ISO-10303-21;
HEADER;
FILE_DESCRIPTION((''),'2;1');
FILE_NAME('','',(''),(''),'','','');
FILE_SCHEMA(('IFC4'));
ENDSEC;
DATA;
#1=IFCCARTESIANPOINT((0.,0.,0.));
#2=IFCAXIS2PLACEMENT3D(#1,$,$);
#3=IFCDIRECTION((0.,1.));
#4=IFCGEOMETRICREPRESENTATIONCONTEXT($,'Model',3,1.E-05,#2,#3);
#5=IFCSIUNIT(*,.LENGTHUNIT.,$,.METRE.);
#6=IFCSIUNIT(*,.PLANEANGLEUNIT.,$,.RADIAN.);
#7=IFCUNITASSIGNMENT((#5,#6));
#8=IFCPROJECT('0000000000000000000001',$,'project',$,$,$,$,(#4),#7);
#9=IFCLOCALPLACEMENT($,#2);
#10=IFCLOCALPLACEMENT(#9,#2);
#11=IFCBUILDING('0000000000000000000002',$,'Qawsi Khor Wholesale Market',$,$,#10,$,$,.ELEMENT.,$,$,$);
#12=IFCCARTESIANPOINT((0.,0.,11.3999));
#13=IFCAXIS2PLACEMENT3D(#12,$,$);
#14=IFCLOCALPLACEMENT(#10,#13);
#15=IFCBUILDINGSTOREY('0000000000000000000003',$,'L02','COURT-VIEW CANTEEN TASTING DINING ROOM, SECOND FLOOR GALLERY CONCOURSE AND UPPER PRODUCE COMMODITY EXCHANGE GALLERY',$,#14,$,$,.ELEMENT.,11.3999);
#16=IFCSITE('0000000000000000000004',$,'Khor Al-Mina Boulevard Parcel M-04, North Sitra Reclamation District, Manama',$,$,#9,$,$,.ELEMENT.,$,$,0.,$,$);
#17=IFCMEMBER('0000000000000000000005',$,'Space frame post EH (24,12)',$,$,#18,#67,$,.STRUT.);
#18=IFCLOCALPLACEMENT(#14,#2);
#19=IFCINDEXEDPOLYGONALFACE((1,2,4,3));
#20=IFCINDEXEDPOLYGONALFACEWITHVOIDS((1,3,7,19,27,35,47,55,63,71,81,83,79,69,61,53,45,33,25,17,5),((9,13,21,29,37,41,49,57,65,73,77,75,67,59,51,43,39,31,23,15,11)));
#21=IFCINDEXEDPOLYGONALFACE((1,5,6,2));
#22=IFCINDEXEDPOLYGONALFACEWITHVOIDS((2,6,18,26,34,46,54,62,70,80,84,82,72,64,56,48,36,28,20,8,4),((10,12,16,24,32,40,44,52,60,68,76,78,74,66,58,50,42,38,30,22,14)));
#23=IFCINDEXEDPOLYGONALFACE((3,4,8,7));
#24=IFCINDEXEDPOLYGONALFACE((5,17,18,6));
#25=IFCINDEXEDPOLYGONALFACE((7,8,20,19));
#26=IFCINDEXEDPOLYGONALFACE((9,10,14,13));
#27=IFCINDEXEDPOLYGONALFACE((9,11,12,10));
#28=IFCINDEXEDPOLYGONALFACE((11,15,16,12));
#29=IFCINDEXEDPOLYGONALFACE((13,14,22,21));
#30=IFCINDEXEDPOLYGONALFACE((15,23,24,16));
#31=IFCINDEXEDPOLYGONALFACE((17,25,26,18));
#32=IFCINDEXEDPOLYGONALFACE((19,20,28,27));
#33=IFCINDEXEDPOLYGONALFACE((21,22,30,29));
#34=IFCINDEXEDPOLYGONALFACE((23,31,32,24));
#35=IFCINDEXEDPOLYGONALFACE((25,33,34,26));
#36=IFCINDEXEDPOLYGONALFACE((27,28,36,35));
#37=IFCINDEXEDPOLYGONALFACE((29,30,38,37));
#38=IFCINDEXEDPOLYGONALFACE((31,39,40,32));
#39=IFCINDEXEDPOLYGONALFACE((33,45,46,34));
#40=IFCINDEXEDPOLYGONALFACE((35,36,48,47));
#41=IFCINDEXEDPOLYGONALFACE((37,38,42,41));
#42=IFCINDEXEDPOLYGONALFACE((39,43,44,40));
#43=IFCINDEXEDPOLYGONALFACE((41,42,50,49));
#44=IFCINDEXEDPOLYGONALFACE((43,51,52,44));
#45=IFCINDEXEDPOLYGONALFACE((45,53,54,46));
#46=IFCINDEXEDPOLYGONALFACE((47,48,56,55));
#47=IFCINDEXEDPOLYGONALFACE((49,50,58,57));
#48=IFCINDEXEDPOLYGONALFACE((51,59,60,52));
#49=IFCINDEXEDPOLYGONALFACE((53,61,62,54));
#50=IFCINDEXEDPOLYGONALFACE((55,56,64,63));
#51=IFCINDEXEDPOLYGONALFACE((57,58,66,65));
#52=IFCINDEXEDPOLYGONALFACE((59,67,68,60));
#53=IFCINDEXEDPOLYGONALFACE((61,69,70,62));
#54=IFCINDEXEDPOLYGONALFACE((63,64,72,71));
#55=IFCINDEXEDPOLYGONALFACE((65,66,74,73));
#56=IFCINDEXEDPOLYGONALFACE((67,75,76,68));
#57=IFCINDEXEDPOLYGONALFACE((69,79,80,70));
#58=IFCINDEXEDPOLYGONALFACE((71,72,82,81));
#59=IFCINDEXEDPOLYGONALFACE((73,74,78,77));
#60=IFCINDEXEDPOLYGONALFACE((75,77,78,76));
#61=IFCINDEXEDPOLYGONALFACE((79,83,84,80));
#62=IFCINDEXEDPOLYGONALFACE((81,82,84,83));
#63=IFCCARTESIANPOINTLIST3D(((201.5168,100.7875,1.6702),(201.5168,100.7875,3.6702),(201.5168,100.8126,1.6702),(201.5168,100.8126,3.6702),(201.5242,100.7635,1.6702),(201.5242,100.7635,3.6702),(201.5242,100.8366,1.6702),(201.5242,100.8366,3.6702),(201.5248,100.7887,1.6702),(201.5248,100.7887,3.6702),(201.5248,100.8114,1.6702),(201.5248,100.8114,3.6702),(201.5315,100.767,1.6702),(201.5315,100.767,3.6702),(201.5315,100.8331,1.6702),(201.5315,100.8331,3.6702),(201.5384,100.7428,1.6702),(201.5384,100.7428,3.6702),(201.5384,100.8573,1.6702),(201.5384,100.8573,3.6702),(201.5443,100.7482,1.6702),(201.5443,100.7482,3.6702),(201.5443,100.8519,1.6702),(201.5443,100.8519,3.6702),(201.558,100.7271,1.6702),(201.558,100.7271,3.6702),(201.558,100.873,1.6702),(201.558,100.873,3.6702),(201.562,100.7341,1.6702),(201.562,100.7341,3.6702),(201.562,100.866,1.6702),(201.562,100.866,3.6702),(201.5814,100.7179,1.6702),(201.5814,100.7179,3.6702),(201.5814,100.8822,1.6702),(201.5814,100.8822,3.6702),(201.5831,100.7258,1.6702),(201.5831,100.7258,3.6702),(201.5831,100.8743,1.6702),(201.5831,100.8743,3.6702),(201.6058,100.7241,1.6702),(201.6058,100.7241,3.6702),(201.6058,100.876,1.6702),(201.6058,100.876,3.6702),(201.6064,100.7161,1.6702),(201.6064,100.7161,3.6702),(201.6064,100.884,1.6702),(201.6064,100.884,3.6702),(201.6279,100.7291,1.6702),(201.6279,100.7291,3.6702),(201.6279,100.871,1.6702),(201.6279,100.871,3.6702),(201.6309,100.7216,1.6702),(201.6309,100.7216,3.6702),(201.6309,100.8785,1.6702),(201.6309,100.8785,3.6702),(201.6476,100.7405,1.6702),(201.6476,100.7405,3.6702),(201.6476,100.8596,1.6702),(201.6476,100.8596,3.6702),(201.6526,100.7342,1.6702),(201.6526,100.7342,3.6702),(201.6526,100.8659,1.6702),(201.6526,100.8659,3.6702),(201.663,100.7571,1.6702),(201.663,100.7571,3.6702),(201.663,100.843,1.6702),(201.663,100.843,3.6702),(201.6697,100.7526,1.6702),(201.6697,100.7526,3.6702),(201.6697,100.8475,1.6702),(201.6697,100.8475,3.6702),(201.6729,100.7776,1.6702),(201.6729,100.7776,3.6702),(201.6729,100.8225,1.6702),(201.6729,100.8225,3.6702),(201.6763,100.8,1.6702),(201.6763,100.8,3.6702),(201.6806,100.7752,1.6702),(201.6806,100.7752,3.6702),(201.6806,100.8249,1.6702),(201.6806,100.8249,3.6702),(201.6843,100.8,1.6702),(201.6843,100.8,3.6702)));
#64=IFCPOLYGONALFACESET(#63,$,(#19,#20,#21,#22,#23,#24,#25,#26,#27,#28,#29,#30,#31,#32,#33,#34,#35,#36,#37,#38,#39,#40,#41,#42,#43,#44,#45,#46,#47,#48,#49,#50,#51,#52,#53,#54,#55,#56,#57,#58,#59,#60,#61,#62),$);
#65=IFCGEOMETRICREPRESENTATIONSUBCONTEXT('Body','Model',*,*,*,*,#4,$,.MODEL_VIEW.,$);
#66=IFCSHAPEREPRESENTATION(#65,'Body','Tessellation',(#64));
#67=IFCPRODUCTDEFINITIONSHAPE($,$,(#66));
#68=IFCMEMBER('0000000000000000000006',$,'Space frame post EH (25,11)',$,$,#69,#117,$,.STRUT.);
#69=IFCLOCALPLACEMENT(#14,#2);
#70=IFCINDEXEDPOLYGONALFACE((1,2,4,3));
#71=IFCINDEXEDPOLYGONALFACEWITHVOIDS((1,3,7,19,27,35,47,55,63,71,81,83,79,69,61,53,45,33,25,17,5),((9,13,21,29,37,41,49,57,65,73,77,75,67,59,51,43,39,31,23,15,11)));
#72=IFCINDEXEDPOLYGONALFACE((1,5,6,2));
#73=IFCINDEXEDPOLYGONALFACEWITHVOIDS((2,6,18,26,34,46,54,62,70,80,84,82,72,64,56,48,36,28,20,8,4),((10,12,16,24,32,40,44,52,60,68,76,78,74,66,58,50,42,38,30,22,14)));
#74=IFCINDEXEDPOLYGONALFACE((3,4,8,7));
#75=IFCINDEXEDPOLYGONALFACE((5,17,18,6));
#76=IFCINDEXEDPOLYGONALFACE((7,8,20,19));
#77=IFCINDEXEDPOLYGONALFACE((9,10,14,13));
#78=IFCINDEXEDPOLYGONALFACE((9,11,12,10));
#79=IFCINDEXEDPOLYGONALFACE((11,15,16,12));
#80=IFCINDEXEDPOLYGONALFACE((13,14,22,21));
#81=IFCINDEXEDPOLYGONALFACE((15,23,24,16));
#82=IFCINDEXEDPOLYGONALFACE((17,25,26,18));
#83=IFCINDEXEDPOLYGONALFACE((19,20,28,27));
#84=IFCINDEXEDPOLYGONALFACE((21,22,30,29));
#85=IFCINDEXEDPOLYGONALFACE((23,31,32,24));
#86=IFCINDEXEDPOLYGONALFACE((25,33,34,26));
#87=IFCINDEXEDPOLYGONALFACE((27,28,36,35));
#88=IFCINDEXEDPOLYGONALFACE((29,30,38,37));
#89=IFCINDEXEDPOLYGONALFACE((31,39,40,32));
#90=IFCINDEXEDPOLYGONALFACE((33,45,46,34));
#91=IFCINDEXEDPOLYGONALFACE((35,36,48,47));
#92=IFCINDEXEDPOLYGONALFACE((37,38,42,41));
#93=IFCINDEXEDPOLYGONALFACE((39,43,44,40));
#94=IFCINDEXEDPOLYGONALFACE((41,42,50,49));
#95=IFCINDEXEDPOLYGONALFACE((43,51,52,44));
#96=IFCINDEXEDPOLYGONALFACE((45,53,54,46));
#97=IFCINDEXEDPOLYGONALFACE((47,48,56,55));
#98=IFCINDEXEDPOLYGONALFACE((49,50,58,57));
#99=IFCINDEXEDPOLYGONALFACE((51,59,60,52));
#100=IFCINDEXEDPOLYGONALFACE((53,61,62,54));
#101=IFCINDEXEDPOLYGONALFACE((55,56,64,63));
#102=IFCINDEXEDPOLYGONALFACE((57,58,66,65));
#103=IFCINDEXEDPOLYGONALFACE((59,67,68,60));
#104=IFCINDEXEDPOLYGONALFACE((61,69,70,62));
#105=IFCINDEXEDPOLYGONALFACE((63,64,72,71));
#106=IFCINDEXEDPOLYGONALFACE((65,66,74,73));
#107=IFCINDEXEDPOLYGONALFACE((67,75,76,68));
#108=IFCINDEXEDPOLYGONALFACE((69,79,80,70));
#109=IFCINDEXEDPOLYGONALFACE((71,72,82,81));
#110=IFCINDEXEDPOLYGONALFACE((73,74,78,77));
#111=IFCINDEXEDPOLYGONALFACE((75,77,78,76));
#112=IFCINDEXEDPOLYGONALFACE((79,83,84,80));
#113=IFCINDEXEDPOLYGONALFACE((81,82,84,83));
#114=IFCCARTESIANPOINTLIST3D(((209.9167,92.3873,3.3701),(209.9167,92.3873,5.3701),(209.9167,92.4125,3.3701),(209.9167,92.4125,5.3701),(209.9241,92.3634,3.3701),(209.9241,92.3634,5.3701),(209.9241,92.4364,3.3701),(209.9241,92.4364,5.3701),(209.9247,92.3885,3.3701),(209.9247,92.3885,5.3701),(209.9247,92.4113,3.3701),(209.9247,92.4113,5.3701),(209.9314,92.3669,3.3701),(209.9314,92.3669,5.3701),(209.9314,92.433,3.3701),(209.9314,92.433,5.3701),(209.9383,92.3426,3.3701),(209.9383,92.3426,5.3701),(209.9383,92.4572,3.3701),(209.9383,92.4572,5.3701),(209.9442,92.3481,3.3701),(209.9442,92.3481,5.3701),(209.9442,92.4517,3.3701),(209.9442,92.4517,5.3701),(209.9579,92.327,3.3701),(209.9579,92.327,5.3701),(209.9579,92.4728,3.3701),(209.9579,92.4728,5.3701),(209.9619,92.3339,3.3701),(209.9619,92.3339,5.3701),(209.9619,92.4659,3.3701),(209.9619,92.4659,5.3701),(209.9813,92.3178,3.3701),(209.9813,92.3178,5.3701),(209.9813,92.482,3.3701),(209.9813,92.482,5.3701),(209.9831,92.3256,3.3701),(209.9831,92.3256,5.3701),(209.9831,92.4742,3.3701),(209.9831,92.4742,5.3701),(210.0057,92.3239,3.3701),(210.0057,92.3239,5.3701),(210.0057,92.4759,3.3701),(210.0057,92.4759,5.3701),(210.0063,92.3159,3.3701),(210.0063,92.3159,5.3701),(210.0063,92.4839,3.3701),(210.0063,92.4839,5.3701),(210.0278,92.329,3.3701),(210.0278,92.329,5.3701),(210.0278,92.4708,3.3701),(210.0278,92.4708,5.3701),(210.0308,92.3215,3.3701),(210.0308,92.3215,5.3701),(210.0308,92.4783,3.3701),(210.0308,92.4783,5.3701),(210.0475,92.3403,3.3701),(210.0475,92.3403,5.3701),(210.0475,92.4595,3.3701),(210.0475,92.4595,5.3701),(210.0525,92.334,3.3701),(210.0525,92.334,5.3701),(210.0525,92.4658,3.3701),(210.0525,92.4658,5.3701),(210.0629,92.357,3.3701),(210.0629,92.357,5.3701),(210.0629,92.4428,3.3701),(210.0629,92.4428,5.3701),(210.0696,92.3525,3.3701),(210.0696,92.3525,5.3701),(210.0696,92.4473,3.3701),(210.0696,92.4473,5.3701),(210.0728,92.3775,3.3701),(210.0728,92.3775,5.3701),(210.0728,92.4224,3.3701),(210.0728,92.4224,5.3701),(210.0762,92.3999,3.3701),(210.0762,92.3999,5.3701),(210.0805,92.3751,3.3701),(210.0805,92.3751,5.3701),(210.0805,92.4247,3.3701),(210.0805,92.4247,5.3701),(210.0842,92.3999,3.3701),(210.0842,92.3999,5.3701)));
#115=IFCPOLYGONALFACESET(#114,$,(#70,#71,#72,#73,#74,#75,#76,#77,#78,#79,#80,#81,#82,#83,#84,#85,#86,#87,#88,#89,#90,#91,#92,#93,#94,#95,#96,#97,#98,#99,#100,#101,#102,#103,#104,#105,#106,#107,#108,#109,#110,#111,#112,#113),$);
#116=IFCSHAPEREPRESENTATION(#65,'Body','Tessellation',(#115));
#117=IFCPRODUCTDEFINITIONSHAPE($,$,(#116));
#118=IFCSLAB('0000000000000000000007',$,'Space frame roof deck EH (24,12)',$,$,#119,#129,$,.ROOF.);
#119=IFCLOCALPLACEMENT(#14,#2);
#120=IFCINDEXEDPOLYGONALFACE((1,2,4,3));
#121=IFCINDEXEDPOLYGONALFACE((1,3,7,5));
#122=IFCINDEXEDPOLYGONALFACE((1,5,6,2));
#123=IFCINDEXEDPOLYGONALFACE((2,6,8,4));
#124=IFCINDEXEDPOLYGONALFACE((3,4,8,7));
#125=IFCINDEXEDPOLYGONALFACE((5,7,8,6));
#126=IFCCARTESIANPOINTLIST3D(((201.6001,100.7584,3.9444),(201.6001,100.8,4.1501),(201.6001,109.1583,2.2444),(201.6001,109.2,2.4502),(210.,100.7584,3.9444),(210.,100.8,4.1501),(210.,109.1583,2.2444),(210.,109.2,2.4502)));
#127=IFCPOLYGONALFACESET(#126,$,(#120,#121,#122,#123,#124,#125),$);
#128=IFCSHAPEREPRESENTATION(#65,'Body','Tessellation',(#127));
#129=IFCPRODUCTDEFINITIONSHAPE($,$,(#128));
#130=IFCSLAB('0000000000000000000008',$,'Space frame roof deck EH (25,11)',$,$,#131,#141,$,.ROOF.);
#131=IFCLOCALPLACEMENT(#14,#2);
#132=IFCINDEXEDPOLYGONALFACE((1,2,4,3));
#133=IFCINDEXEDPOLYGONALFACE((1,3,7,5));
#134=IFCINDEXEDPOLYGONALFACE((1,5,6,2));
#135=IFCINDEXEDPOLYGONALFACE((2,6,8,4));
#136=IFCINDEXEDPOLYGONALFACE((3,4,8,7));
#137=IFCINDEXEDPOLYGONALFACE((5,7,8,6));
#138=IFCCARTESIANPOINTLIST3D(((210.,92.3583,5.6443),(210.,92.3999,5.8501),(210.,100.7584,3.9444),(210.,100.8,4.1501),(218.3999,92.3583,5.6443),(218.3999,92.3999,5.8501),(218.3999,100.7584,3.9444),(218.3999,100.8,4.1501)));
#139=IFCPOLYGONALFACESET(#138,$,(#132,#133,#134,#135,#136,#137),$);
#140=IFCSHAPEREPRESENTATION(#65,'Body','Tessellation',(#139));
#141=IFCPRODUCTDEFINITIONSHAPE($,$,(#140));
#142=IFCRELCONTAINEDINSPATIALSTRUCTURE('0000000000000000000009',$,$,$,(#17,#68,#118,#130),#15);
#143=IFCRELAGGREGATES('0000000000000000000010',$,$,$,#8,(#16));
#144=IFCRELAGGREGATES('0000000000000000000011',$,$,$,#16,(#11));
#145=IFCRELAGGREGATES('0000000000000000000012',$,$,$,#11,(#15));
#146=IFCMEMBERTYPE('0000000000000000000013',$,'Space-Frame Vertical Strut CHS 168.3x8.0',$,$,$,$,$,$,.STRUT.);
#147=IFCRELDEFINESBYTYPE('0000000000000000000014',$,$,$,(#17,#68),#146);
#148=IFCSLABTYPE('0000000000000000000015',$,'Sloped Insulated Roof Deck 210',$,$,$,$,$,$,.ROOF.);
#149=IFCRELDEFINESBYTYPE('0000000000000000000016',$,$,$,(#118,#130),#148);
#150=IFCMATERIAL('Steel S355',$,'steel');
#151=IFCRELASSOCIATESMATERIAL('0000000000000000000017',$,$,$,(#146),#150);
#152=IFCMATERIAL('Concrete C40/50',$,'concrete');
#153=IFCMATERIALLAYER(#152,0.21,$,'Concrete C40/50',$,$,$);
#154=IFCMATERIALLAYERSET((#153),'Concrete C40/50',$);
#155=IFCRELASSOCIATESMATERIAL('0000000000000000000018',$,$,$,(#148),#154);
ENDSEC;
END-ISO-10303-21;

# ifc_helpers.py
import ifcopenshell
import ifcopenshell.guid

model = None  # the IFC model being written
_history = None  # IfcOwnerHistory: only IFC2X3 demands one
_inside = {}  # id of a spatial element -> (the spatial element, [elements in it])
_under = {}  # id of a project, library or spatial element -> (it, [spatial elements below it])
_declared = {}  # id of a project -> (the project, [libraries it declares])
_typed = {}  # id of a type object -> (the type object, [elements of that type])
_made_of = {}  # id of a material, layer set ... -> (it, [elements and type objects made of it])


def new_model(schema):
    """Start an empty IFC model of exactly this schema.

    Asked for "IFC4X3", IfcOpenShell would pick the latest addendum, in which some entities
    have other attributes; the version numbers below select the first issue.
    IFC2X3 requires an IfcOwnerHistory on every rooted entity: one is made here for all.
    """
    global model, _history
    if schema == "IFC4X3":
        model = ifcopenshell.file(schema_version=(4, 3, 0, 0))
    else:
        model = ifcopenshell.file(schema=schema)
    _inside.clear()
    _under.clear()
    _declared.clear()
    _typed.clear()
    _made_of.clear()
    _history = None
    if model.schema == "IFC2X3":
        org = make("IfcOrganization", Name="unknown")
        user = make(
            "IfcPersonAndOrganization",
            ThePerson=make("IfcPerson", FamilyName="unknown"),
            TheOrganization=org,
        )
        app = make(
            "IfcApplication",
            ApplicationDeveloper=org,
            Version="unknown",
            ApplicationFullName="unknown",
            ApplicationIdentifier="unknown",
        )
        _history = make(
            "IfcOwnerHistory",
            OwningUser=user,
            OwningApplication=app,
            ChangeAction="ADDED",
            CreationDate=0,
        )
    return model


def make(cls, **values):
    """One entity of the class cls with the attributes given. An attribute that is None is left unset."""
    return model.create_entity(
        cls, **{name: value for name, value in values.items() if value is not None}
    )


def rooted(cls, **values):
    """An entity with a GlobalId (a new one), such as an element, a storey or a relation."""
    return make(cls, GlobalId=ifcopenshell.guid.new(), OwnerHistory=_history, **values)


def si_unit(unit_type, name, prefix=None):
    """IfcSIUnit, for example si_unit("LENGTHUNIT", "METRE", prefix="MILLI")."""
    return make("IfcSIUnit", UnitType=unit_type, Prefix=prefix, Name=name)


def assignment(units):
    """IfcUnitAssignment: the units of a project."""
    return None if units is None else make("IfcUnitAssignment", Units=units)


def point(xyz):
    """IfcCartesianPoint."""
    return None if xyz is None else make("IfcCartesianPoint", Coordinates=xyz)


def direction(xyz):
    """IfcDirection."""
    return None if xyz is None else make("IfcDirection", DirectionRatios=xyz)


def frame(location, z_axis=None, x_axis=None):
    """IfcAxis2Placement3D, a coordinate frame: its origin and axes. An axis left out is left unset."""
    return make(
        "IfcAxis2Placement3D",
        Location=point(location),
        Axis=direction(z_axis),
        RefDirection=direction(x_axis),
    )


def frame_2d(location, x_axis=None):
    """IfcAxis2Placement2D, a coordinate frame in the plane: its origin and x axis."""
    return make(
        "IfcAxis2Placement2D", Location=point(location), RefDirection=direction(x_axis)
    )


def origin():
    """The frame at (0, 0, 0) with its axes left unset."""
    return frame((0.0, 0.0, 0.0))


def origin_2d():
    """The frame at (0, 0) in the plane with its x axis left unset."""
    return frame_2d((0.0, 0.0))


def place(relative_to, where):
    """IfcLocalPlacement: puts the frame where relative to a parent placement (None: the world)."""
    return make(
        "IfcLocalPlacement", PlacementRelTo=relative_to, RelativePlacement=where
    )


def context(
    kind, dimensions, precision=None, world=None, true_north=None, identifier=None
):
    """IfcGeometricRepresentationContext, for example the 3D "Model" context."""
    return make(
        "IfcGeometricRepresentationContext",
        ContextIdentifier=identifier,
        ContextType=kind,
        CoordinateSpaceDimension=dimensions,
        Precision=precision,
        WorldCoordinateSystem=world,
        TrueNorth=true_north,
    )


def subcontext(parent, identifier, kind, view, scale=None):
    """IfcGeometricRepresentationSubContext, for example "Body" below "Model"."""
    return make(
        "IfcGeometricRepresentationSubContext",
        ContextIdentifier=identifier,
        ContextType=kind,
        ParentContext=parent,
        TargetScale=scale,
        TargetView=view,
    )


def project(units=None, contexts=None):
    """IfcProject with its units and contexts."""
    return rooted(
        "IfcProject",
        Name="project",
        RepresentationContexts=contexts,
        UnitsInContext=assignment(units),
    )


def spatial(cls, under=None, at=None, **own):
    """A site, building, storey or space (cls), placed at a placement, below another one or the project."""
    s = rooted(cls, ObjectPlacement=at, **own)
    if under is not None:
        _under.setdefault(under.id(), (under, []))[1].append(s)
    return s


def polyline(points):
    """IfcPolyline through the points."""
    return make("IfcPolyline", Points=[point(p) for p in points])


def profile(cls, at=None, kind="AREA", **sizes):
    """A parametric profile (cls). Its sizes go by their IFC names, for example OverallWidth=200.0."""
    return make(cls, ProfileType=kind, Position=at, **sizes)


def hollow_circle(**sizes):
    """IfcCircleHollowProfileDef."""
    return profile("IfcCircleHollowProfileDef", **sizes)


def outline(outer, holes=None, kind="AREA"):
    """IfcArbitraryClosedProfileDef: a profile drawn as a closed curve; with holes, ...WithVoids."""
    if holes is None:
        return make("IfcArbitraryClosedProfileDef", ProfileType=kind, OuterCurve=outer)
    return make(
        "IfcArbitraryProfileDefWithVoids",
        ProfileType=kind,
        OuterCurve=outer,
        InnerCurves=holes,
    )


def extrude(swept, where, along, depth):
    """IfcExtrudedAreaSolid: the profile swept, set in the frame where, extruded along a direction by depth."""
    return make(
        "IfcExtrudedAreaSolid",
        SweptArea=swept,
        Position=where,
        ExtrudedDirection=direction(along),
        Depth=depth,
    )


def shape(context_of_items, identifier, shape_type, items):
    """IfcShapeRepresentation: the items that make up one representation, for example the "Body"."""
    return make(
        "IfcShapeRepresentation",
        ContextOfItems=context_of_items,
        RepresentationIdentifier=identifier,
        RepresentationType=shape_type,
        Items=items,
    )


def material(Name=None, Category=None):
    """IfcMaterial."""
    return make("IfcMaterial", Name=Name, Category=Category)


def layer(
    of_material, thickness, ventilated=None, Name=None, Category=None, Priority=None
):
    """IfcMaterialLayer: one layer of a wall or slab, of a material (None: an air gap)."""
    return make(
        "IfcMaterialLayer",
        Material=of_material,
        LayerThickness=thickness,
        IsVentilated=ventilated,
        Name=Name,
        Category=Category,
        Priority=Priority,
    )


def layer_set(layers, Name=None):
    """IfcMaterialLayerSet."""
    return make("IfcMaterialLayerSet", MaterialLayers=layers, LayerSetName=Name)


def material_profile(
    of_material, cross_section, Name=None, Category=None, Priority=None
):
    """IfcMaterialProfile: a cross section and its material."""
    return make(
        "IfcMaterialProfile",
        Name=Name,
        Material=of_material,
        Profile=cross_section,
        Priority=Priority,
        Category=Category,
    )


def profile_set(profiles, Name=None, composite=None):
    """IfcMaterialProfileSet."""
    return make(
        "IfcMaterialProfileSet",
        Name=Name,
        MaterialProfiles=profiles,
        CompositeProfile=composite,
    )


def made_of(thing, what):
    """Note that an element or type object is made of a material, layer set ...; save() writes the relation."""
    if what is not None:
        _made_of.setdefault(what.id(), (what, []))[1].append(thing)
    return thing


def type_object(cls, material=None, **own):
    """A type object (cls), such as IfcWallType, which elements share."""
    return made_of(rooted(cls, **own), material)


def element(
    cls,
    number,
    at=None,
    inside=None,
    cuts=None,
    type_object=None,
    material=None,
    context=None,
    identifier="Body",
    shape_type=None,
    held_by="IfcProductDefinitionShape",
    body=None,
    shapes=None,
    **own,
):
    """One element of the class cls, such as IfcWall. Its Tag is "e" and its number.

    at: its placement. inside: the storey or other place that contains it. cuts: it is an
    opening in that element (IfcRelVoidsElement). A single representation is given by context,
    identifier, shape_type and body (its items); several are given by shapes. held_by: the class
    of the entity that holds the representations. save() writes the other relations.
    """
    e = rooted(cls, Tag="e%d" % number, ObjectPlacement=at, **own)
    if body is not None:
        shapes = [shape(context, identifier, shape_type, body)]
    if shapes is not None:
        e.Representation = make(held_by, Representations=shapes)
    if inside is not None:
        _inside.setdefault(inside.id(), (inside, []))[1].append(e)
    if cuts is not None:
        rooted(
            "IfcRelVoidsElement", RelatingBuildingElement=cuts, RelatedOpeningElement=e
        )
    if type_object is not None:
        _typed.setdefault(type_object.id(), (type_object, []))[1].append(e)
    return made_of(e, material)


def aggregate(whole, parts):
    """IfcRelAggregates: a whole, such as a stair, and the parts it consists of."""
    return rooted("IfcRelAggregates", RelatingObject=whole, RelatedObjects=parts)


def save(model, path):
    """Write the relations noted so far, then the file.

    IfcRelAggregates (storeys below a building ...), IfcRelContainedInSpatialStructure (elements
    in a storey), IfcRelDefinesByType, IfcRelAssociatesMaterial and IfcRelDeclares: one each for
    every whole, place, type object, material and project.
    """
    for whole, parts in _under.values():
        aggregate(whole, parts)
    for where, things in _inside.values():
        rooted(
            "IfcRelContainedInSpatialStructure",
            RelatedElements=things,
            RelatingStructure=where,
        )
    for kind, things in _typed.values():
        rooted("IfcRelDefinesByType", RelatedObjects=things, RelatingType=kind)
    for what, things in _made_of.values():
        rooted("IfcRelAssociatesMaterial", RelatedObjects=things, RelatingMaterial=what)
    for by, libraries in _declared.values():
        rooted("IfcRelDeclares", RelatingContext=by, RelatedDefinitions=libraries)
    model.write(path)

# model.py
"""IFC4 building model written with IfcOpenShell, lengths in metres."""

from ifc_helpers import new_model, si_unit, direction, frame, origin, origin_2d, place, context, subcontext, project, spatial, polyline, hollow_circle, outline, extrude, material, layer, layer_set, material_profile, profile_set, type_object, element, save


model = new_model("IFC4")

# Units and contexts
model_context = context("Model", 3, precision=1e-05, world=origin(), true_north=direction((0.0, 1.0)))
body_context = subcontext(model_context, "Body", "Model", "MODEL_VIEW")
ifc_project = project(units=[si_unit("LENGTHUNIT", "METRE"), si_unit("PLANEANGLEUNIT", "RADIAN")], contexts=[model_context])

# Site, building, storey
site_placement = place(None, origin())
site = spatial("IfcSite", under=ifc_project, at=site_placement, Name="Khor Al-Mina Boulevard Parcel M-04, North Sitra Reclamation District, Manama", CompositionType="ELEMENT", RefElevation=0.0)
building_placement = place(site_placement, origin())
building = spatial("IfcBuilding", under=site, at=building_placement, Name="Qawsi Khor Wholesale Market", CompositionType="ELEMENT")
storey_placement = place(building_placement, frame((0.0, 0.0, 11.3999)))
storey = spatial("IfcBuildingStorey", under=building, at=storey_placement, Name="L02", Description="COURT-VIEW CANTEEN TASTING DINING ROOM, SECOND FLOOR GALLERY CONCOURSE AND UPPER PRODUCE COMMODITY EXCHANGE GALLERY", CompositionType="ELEMENT", Elevation=11.3999)

# Members
ifc_material_1 = material(Name="Steel S355", Category="steel")
ifc_material_profile_1 = material_profile(ifc_material_1, hollow_circle(Radius=0.0842, WallThickness=0.0081, at=origin_2d()), Name="CHS 168.3x8.0")
ifc_profile_set_1 = profile_set([ifc_material_profile_1], Name="Steel S355")
member_type_1 = type_object("IfcMemberType", Name="Space-Frame Vertical Strut CHS 168.3x8.0", PredefinedType="STRUT", material=ifc_profile_set_1)
for number, where, z_axis, x_axis, name in (
    (1, (201.6001, 100.8, 1.6702), (0.0, 0.0, 1.0), (1.0, 0.0, 0.0), "Space frame post EH (24,12)"),
    (2, (210.0, 92.3999, 3.3701), (0.0, 0.0, 1.0), (1.0, 0.0, 0.0), "Space frame post EH (25,11)"),
):
    element("IfcMember", number, at=place(storey_placement, frame(where, z_axis=z_axis, x_axis=x_axis)), inside=storey, type_object=member_type_1, Name=name, PredefinedType="STRUT", context=body_context, shape_type="SweptSolid", body=[
        extrude(hollow_circle(Radius=0.0842, WallThickness=0.0081, at=origin_2d()), origin(), (0.0, 0.0, 1.0), 2.0),
    ])

# Slabs
ifc_material_2 = material(Name="Concrete C40/50", Category="concrete")
ifc_layer = layer(ifc_material_2, 0.21, Name="Concrete C40/50")
ifc_layer_set = layer_set([ifc_layer], Name="Concrete C40/50")
slab_type = type_object("IfcSlabType", Name="Sloped Insulated Roof Deck 210", PredefinedType="ROOF", material=ifc_layer_set)
slab_1_placement = place(storey_placement, frame((201.6001, 100.8, 4.1501), z_axis=(0.0, 0.198356, 0.98013), x_axis=(1.0, 0.0, 0.0)))
element("IfcSlab", 3, at=slab_1_placement, inside=storey, type_object=slab_type, Name="Space frame roof deck EH (24,12)", PredefinedType="ROOF", context=body_context, shape_type="SweptSolid", body=[
    extrude(outline(polyline([(0.0, 0.0), (8.3999, 0.0), (8.3999, 8.5702), (0.0, 8.5702), (0.0, 0.0)])), origin(), (0.0, 0.0, -1.0), 0.21),
])
slab_2_placement = place(storey_placement, frame((210.0, 92.3999, 5.8501), z_axis=(0.0, 0.198351, 0.980131), x_axis=(1.0, 0.0, 0.0)))
element("IfcSlab", 4, at=slab_2_placement, inside=storey, type_object=slab_type, Name="Space frame roof deck EH (25,11)", PredefinedType="ROOF", context=body_context, shape_type="SweptSolid", body=[
    extrude(outline(polyline([(0.0, 0.0), (8.3999, 0.0), (8.3999, 8.5704), (0.0, 8.5704), (0.0, 0.0)])), origin(), (0.0, 0.0, -1.0), 0.21),
])

save(model, "model.ifc")
